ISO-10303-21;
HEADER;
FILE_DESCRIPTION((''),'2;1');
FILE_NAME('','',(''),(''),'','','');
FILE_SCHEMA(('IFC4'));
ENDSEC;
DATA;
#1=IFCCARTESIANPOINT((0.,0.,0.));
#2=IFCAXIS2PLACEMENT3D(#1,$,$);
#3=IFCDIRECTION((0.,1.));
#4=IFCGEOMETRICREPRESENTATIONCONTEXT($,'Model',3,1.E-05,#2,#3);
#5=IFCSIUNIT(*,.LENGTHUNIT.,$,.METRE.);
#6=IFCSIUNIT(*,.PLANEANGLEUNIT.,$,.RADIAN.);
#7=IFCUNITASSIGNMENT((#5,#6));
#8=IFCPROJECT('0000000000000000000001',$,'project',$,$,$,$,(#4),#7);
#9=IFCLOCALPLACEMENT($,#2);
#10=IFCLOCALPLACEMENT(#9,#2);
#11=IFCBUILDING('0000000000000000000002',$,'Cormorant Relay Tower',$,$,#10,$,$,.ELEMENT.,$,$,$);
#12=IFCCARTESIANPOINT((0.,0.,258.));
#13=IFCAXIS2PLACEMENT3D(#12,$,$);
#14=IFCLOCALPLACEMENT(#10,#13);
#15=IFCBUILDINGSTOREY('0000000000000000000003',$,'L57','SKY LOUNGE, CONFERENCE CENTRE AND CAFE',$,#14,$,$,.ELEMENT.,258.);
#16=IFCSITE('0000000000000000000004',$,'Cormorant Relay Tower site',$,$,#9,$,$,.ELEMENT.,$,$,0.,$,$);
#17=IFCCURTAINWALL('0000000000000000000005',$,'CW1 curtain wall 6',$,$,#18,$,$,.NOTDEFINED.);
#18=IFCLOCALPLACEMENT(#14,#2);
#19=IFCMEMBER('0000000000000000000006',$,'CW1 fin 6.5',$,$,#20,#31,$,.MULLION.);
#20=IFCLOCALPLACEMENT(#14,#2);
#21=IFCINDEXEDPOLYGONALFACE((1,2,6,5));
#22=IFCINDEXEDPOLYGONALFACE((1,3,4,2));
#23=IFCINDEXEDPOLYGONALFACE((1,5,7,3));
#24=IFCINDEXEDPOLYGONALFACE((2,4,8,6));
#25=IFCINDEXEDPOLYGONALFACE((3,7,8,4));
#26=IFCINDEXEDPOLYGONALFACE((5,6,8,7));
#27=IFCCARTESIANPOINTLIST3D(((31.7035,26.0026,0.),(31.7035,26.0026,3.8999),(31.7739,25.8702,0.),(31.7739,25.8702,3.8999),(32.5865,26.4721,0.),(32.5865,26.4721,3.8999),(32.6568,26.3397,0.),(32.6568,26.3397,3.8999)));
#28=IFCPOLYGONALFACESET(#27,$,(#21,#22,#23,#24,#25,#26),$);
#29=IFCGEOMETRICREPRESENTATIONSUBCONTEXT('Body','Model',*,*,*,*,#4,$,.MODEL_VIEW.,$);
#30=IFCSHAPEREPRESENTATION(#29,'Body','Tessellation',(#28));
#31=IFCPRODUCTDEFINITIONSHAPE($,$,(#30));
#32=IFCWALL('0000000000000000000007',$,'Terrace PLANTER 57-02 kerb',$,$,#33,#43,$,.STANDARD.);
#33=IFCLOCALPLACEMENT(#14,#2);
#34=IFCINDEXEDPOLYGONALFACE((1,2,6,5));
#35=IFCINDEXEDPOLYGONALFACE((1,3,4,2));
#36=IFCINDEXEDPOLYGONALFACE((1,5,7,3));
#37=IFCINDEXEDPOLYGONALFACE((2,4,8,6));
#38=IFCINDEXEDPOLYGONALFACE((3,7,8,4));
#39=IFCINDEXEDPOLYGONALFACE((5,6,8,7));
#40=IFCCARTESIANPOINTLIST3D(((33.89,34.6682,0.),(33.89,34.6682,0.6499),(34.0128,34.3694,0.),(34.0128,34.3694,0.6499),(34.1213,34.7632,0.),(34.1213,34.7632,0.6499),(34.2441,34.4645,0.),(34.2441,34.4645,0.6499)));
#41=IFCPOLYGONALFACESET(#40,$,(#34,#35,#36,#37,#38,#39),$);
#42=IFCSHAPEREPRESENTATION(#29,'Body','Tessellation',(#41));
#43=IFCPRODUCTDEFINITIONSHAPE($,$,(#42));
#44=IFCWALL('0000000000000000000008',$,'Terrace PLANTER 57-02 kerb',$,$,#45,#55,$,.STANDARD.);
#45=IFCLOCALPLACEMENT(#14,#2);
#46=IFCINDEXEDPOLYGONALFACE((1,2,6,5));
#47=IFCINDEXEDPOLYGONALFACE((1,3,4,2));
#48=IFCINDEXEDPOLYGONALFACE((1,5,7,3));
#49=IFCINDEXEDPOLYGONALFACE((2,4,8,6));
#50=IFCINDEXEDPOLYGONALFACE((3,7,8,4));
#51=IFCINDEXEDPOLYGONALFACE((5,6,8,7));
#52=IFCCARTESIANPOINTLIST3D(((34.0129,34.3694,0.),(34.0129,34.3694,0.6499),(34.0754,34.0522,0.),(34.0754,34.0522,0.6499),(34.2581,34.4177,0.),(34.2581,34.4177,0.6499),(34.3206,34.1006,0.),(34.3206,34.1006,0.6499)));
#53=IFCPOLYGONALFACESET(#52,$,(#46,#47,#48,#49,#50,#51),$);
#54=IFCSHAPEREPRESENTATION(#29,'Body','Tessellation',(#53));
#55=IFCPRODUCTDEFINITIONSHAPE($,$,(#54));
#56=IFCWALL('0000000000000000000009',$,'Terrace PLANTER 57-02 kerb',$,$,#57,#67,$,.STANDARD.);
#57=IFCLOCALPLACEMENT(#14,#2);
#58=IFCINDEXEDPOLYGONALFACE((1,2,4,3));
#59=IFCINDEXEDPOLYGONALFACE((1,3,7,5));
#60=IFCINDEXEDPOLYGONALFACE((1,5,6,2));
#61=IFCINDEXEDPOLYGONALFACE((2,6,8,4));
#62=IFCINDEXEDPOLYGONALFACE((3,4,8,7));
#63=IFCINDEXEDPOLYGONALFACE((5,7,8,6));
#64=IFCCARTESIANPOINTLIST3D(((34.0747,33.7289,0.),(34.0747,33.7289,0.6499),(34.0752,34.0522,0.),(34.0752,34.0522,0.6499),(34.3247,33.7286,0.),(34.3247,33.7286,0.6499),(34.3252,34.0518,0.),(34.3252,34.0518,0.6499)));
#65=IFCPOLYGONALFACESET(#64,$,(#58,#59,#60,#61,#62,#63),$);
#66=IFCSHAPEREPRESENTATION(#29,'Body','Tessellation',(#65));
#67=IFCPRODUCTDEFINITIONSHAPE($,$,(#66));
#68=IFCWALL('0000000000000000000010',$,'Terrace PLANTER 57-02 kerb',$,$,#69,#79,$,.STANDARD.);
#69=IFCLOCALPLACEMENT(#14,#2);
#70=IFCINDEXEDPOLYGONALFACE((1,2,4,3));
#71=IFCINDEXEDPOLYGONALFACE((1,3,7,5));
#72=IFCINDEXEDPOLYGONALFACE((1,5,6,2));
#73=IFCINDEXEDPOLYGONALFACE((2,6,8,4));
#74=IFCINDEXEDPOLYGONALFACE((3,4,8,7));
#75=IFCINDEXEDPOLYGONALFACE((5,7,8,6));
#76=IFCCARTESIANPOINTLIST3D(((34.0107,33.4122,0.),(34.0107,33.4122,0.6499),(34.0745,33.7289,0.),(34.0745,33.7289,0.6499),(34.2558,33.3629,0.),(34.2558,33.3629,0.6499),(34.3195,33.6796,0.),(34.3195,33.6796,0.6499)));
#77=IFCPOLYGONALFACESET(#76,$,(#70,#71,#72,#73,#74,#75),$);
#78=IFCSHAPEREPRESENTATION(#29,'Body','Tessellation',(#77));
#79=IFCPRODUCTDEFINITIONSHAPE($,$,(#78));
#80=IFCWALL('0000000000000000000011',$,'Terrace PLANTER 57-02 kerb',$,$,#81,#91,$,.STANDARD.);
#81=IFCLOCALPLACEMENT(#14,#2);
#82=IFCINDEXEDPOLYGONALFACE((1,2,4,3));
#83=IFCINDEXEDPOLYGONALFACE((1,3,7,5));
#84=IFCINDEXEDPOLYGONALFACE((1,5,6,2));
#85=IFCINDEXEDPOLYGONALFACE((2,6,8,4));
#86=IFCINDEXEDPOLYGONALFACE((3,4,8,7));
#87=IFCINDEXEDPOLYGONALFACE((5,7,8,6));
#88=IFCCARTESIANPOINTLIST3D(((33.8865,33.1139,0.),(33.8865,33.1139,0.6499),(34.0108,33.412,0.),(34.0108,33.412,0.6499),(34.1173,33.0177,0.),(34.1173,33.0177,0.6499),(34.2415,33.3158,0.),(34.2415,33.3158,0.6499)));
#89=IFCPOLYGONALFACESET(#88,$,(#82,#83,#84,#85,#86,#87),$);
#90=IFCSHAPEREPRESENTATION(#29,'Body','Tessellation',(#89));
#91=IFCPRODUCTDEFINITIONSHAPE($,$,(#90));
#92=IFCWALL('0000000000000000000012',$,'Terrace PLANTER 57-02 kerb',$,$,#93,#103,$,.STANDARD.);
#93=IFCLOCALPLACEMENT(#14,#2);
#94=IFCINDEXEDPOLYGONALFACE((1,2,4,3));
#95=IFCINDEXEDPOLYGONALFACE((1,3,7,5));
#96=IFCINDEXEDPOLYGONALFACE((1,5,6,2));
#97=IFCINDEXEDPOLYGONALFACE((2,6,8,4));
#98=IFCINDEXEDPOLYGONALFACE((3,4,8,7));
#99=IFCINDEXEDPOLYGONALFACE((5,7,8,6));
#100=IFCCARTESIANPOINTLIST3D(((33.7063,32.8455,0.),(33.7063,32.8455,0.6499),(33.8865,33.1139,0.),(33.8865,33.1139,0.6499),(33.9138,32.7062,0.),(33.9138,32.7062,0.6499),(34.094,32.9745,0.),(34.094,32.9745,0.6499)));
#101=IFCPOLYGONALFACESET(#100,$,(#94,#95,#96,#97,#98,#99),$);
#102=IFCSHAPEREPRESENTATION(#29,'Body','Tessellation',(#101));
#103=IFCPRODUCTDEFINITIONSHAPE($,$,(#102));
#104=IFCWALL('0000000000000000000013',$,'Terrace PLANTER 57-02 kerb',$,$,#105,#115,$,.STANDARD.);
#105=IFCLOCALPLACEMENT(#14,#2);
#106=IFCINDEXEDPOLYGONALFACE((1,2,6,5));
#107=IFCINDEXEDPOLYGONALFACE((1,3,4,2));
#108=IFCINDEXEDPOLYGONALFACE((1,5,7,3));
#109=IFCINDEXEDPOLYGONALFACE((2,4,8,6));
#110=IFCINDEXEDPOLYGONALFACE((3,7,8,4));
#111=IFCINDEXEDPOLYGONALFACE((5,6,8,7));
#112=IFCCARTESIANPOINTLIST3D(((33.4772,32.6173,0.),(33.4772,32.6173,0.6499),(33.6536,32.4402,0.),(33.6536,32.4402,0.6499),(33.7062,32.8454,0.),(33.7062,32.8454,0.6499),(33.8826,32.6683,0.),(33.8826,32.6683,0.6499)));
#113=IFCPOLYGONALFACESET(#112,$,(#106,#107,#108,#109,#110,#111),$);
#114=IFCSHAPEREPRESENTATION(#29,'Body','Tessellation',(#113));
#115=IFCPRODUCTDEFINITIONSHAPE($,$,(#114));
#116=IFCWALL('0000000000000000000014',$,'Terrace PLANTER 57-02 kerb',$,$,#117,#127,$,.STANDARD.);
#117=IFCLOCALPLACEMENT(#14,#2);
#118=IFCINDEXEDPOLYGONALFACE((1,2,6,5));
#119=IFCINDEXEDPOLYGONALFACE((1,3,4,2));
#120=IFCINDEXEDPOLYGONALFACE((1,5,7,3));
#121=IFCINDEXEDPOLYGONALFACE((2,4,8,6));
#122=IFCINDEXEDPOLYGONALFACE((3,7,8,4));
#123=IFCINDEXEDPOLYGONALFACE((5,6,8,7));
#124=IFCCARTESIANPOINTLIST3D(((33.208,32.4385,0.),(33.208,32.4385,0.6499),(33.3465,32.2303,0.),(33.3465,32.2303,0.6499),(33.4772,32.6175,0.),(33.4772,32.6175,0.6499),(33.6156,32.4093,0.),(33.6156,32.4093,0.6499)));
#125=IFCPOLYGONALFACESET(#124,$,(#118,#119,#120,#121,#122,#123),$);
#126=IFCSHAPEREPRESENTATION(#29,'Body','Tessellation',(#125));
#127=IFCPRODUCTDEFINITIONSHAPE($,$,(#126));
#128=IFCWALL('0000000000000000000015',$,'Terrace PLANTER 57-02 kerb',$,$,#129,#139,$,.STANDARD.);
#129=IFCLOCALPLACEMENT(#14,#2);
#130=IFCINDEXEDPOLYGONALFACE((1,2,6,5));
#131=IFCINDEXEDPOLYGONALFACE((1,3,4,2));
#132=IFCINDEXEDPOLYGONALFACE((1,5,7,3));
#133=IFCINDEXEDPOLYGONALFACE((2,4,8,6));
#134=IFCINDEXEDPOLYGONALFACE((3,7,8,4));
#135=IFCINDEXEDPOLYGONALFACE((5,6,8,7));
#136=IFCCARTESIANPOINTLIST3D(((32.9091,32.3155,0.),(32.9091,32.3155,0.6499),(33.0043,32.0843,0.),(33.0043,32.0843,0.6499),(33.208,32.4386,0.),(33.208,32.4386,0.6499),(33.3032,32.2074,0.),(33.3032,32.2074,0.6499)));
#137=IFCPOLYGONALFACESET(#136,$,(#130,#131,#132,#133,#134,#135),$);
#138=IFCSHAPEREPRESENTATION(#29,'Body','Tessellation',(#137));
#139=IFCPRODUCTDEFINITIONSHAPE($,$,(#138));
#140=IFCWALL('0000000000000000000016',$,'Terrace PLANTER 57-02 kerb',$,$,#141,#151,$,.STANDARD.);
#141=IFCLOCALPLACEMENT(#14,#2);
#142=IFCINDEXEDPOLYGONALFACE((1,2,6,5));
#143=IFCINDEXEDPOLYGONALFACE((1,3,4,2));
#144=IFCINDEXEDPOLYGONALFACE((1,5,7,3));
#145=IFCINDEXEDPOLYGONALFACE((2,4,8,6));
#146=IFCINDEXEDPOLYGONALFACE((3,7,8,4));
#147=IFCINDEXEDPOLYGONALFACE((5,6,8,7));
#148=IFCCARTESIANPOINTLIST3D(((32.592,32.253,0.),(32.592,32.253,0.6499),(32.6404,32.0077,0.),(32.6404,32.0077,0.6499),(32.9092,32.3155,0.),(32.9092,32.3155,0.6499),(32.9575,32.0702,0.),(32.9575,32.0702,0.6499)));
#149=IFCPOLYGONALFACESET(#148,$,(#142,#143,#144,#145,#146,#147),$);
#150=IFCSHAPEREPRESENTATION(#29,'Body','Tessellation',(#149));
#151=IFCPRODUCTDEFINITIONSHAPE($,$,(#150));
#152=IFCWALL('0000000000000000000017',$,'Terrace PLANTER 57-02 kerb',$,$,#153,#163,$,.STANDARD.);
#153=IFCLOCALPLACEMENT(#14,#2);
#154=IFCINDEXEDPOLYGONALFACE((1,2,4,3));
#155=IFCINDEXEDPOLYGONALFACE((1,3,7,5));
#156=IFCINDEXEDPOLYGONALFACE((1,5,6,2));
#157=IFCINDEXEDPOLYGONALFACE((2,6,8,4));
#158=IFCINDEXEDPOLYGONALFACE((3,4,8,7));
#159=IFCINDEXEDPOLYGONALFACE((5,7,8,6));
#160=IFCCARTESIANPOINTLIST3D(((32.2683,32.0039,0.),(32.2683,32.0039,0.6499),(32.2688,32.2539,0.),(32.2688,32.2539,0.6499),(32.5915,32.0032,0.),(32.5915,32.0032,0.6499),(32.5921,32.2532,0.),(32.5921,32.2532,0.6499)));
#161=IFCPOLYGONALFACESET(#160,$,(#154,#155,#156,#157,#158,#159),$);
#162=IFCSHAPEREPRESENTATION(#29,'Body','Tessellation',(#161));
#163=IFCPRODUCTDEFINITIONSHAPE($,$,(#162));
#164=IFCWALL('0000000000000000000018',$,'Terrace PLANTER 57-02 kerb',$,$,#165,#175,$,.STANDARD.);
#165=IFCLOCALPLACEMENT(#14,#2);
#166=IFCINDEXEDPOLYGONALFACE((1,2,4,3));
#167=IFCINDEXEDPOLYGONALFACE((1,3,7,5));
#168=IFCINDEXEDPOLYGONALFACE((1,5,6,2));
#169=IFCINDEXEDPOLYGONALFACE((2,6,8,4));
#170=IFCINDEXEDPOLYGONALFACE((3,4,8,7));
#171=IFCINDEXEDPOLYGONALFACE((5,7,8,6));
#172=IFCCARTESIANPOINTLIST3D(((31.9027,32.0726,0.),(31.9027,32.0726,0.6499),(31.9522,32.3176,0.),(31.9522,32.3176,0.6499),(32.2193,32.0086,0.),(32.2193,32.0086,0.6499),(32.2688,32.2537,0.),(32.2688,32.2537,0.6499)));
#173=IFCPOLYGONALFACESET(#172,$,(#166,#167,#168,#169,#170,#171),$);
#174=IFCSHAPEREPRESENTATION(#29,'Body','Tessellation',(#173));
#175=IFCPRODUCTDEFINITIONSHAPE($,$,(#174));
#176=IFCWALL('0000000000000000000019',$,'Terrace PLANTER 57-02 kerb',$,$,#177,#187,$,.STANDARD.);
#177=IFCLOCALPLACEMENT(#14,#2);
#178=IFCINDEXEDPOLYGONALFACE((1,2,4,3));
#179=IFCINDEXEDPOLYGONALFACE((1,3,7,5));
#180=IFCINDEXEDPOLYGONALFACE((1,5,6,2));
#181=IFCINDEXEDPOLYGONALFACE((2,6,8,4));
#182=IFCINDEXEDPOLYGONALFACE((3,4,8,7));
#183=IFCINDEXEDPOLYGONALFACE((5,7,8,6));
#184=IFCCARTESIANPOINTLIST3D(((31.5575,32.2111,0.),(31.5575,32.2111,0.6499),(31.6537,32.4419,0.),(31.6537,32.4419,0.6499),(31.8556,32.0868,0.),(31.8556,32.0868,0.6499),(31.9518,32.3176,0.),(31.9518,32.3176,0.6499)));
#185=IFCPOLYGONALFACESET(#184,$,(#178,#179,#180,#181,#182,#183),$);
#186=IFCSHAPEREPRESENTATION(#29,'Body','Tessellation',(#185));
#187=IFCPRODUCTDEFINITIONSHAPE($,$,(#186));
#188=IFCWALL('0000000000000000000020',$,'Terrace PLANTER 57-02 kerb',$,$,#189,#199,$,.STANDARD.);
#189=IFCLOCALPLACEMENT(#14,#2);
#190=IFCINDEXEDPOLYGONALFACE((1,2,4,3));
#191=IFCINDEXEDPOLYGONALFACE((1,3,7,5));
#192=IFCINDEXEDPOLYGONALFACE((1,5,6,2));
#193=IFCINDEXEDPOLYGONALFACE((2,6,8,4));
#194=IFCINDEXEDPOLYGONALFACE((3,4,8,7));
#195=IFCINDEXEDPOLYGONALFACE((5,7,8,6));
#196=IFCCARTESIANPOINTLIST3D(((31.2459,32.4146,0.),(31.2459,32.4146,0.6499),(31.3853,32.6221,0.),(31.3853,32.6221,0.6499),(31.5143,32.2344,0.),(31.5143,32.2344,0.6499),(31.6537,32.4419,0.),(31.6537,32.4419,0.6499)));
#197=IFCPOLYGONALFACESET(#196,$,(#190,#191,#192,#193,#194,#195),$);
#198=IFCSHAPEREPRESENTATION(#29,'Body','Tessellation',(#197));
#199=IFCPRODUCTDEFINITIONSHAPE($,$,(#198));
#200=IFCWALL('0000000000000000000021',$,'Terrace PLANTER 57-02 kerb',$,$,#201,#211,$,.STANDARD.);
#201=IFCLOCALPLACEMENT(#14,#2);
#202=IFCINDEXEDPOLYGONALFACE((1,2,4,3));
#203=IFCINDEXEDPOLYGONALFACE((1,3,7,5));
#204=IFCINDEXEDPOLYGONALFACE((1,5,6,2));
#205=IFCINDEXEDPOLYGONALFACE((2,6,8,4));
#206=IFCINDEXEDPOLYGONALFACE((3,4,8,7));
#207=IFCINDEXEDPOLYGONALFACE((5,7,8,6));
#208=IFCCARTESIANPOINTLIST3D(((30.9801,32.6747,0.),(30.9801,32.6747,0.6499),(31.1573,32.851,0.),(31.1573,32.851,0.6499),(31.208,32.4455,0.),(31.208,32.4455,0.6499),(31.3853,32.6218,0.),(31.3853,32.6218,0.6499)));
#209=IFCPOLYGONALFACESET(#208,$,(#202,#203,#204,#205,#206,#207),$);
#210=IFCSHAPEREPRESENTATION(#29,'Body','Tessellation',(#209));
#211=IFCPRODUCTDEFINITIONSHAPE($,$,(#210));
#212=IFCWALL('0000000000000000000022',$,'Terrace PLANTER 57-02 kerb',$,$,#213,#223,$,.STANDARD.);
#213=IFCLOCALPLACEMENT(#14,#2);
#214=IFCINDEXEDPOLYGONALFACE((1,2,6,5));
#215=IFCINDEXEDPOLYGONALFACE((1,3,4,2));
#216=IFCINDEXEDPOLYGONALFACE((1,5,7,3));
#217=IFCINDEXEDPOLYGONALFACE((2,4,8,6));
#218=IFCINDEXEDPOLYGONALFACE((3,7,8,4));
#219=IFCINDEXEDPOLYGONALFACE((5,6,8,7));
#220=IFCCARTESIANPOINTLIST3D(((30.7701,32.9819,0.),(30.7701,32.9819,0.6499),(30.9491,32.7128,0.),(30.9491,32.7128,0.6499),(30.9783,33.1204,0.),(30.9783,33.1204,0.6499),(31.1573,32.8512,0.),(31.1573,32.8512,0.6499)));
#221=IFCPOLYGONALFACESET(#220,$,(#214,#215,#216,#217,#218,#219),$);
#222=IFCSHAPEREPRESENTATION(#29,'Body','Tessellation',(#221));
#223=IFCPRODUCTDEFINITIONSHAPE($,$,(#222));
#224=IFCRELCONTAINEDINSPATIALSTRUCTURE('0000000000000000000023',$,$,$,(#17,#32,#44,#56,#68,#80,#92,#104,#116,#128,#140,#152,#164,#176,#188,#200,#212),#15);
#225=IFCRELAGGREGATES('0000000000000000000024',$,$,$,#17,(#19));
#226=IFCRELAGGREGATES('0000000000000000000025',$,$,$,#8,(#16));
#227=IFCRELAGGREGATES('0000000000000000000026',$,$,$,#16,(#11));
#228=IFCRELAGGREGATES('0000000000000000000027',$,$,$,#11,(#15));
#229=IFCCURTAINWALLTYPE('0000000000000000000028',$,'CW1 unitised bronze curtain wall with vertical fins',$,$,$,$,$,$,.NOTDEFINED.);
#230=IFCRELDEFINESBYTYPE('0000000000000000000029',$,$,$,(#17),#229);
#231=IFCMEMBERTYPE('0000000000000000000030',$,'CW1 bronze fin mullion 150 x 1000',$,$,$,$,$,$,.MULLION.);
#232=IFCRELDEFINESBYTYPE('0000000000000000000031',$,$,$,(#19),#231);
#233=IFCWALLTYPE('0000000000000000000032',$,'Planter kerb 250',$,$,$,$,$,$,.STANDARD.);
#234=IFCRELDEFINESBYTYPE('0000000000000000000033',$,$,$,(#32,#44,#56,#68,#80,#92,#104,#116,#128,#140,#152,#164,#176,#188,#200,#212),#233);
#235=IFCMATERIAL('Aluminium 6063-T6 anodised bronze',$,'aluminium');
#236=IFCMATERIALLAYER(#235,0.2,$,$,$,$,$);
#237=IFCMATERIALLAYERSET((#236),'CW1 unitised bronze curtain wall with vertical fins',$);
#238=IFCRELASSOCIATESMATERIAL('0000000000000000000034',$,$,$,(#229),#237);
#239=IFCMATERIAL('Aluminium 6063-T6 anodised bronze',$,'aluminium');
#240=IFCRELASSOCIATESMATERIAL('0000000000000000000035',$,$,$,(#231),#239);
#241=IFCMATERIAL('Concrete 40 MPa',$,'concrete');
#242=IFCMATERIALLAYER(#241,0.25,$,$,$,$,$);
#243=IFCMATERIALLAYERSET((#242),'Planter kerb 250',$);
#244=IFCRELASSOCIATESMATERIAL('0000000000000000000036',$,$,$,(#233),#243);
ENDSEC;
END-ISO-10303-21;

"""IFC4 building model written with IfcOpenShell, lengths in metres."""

from ifc_helpers import new_model, si_unit, direction, frame, frame_2d, origin, origin_2d, place, context, subcontext, project, spatial, rectangle, extrude, material, layer, layer_set, material_profile, profile_set, type_object, element, aggregate, save


model = new_model("IFC4")

# Units and contexts
model_context = context("Model", 3, precision=1e-05, world=origin(), true_north=direction((0.0, 1.0)))
body_context = subcontext(model_context, "Body", "Model", "MODEL_VIEW")
ifc_project = project(units=[si_unit("LENGTHUNIT", "METRE"), si_unit("PLANEANGLEUNIT", "RADIAN")], contexts=[model_context])

# Site, building, storey
site_placement = place(None, origin())
site = spatial("IfcSite", under=ifc_project, at=site_placement, Name="Cormorant Relay Tower site", CompositionType="ELEMENT", RefElevation=0.0)
building_placement = place(site_placement, origin())
building = spatial("IfcBuilding", under=site, at=building_placement, Name="Cormorant Relay Tower", CompositionType="ELEMENT")
storey_placement = place(building_placement, frame((0.0, 0.0, 258.0)))
storey = spatial("IfcBuildingStorey", under=building, at=storey_placement, Name="L57", Description="SKY LOUNGE, CONFERENCE CENTRE AND CAFE", CompositionType="ELEMENT", Elevation=258.0)

# Curtain wall, member
ifc_material_1 = material(Name="Aluminium 6063-T6 anodised bronze", Category="aluminium")
ifc_layer_1 = layer(ifc_material_1, 0.2)
ifc_layer_set_1 = layer_set([ifc_layer_1], Name="CW1 unitised bronze curtain wall with vertical fins")
curtain_wall_type = type_object("IfcCurtainWallType", Name="CW1 unitised bronze curtain wall with vertical fins", PredefinedType="NOTDEFINED", material=ifc_layer_set_1)
curtain_wall_placement = place(storey_placement, origin())
curtain_wall = element("IfcCurtainWall", 1, at=curtain_wall_placement, inside=storey, type_object=curtain_wall_type, Name="CW1 curtain wall 6", PredefinedType="NOTDEFINED")
ifc_material_2 = material(Name="Aluminium 6063-T6 anodised bronze", Category="aluminium")
ifc_material_profile = material_profile(ifc_material_2, rectangle(XDim=0.1499, YDim=1.0, at=origin_2d()), Name="AL 150x1000")
ifc_profile_set = profile_set([ifc_material_profile], Name="Aluminium 6063-T6 anodised bronze")
member_type = type_object("IfcMemberType", Name="CW1 bronze fin mullion 150 x 1000", PredefinedType="MULLION", material=ifc_profile_set)
member_placement = place(storey_placement, frame((32.1802, 26.1711, 0.0), z_axis=(0.0, 0.0, 1.0), x_axis=(-0.469472, 0.882948, 0.0)))
member = element("IfcMember", 2, at=member_placement, type_object=member_type, Name="CW1 fin 6.5", PredefinedType="MULLION", context=body_context, shape_type="SweptSolid", body=[
    extrude(rectangle(XDim=0.1499, YDim=1.0, at=origin_2d()), origin(), (0.0, 0.0, 1.0), 3.8999),
])
aggregate(curtain_wall, [member])

# Walls
ifc_material_3 = material(Name="Concrete 40 MPa", Category="concrete")
ifc_layer_2 = layer(ifc_material_3, 0.25)
ifc_layer_set_2 = layer_set([ifc_layer_2], Name="Planter kerb 250")
wall_type = type_object("IfcWallType", Name="Planter kerb 250", PredefinedType="STANDARD", material=ifc_layer_set_2)
wall_1_placement = place(storey_placement, frame((34.0056, 34.7158, 0.0), z_axis=(0.0, 0.0, 1.0), x_axis=(0.380104, -0.924944, 0.0)))
element("IfcWall", 3, at=wall_1_placement, inside=storey, type_object=wall_type, Name="Terrace PLANTER 57-02 kerb", PredefinedType="STANDARD", context=body_context, shape_type="SweptSolid", body=[
    extrude(rectangle(XDim=0.323, YDim=0.25, at=frame_2d((0.1616, 0.0))), origin(), (0.0, 0.0, 1.0), 0.6499),
])
for number, where, z_axis, x_axis, name in (
    (4, (34.1355, 34.3936, 0.0), (0.0, 0.0, 1.0), (0.193356, -0.981129, 0.0), "Terrace PLANTER 57-02 kerb"),
    (5, (34.2002, 34.052, 0.0), (0.0, 0.0, 1.0), (-0.001511, -0.999999, 0.0), "Terrace PLANTER 57-02 kerb"),
):
    element("IfcWall", number, at=place(storey_placement, frame(where, z_axis=z_axis, x_axis=x_axis)), inside=storey, type_object=wall_type, Name=name, PredefinedType="STANDARD", context=body_context, shape_type="SweptSolid", body=[
        extrude(rectangle(XDim=0.3232, YDim=0.25, at=frame_2d((0.1616, 0.0))), origin(), (0.0, 0.0, 1.0), 0.6499),
    ])
for number, where, z_axis, x_axis, name in (
    (6, (34.197, 33.7043, 0.0), (0.0, 0.0, 1.0), (-0.197279, -0.980347, 0.0), "Terrace PLANTER 57-02 kerb"),
    (7, (34.1262, 33.364, 0.0), (0.0, 0.0, 1.0), (-0.384776, -0.92301, 0.0), "Terrace PLANTER 57-02 kerb"),
):
    element("IfcWall", number, at=place(storey_placement, frame(where, z_axis=z_axis, x_axis=x_axis)), inside=storey, type_object=wall_type, Name=name, PredefinedType="STANDARD", context=body_context, shape_type="SweptSolid", body=[
        extrude(rectangle(XDim=0.323, YDim=0.25, at=frame_2d((0.1616, 0.0))), origin(), (0.0, 0.0, 1.0), 0.6499),
    ])
for number, where, z_axis, x_axis, name in (
    (8, (33.9902, 33.0442, 0.0), (0.0, 0.0, 1.0), (-0.557486, -0.830186, 0.0), "Terrace PLANTER 57-02 kerb"),
    (9, (33.7944, 32.7568, 0.0), (0.0, 0.0, 1.0), (-0.708616, -0.705594, 0.0), "Terrace PLANTER 57-02 kerb"),
    (10, (33.5464, 32.5134, 0.0), (0.0, 0.0, 1.0), (-0.832631, -0.553828, 0.0), "Terrace PLANTER 57-02 kerb"),
    (11, (33.2556, 32.323, 0.0), (0.0, 0.0, 1.0), (-0.924678, -0.38075, 0.0), "Terrace PLANTER 57-02 kerb"),
    (12, (32.9333, 32.1929, 0.0), (0.0, 0.0, 1.0), (-0.981129, -0.193356, 0.0), "Terrace PLANTER 57-02 kerb"),
    (13, (32.5918, 32.1282, 0.0), (0.0, 0.0, 1.0), (-0.999997, 0.002266, 0.0), "Terrace PLANTER 57-02 kerb"),
):
    element("IfcWall", number, at=place(storey_placement, frame(where, z_axis=z_axis, x_axis=x_axis)), inside=storey, type_object=wall_type, Name=name, PredefinedType="STANDARD", context=body_context, shape_type="SweptSolid", body=[
        extrude(rectangle(XDim=0.3232, YDim=0.25, at=frame_2d((0.1616, 0.0))), origin(), (0.0, 0.0, 1.0), 0.6499),
    ])
for number, where, z_axis, x_axis, name in (
    (14, (32.2441, 32.1311, 0.0), (0.0, 0.0, 1.0), (-0.980201, 0.198005, 0.0), "Terrace PLANTER 57-02 kerb"),
    (15, (31.9038, 32.2021, 0.0), (0.0, 0.0, 1.0), (-0.92301, 0.384776, 0.0), "Terrace PLANTER 57-02 kerb"),
):
    element("IfcWall", number, at=place(storey_placement, frame(where, z_axis=z_axis, x_axis=x_axis)), inside=storey, type_object=wall_type, Name=name, PredefinedType="STANDARD", context=body_context, shape_type="SweptSolid", body=[
        extrude(rectangle(XDim=0.323, YDim=0.25, at=frame_2d((0.1616, 0.0))), origin(), (0.0, 0.0, 1.0), 0.6499),
    ])
for number, where, z_axis, x_axis, name in (
    (16, (31.584, 32.3381, 0.0), (0.0, 0.0, 1.0), (-0.830186, 0.557486, 0.0), "Terrace PLANTER 57-02 kerb"),
    (17, (31.2966, 32.5337, 0.0), (0.0, 0.0, 1.0), (-0.705217, 0.708992, 0.0), "Terrace PLANTER 57-02 kerb"),
    (18, (31.0532, 32.782, 0.0), (0.0, 0.0, 1.0), (-0.553828, 0.832631, 0.0), "Terrace PLANTER 57-02 kerb"),
):
    element("IfcWall", number, at=place(storey_placement, frame(where, z_axis=z_axis, x_axis=x_axis)), inside=storey, type_object=wall_type, Name=name, PredefinedType="STANDARD", context=body_context, shape_type="SweptSolid", body=[
        extrude(rectangle(XDim=0.3232, YDim=0.25, at=frame_2d((0.1616, 0.0))), origin(), (0.0, 0.0, 1.0), 0.6499),
    ])

save(model, "model.ifc")
